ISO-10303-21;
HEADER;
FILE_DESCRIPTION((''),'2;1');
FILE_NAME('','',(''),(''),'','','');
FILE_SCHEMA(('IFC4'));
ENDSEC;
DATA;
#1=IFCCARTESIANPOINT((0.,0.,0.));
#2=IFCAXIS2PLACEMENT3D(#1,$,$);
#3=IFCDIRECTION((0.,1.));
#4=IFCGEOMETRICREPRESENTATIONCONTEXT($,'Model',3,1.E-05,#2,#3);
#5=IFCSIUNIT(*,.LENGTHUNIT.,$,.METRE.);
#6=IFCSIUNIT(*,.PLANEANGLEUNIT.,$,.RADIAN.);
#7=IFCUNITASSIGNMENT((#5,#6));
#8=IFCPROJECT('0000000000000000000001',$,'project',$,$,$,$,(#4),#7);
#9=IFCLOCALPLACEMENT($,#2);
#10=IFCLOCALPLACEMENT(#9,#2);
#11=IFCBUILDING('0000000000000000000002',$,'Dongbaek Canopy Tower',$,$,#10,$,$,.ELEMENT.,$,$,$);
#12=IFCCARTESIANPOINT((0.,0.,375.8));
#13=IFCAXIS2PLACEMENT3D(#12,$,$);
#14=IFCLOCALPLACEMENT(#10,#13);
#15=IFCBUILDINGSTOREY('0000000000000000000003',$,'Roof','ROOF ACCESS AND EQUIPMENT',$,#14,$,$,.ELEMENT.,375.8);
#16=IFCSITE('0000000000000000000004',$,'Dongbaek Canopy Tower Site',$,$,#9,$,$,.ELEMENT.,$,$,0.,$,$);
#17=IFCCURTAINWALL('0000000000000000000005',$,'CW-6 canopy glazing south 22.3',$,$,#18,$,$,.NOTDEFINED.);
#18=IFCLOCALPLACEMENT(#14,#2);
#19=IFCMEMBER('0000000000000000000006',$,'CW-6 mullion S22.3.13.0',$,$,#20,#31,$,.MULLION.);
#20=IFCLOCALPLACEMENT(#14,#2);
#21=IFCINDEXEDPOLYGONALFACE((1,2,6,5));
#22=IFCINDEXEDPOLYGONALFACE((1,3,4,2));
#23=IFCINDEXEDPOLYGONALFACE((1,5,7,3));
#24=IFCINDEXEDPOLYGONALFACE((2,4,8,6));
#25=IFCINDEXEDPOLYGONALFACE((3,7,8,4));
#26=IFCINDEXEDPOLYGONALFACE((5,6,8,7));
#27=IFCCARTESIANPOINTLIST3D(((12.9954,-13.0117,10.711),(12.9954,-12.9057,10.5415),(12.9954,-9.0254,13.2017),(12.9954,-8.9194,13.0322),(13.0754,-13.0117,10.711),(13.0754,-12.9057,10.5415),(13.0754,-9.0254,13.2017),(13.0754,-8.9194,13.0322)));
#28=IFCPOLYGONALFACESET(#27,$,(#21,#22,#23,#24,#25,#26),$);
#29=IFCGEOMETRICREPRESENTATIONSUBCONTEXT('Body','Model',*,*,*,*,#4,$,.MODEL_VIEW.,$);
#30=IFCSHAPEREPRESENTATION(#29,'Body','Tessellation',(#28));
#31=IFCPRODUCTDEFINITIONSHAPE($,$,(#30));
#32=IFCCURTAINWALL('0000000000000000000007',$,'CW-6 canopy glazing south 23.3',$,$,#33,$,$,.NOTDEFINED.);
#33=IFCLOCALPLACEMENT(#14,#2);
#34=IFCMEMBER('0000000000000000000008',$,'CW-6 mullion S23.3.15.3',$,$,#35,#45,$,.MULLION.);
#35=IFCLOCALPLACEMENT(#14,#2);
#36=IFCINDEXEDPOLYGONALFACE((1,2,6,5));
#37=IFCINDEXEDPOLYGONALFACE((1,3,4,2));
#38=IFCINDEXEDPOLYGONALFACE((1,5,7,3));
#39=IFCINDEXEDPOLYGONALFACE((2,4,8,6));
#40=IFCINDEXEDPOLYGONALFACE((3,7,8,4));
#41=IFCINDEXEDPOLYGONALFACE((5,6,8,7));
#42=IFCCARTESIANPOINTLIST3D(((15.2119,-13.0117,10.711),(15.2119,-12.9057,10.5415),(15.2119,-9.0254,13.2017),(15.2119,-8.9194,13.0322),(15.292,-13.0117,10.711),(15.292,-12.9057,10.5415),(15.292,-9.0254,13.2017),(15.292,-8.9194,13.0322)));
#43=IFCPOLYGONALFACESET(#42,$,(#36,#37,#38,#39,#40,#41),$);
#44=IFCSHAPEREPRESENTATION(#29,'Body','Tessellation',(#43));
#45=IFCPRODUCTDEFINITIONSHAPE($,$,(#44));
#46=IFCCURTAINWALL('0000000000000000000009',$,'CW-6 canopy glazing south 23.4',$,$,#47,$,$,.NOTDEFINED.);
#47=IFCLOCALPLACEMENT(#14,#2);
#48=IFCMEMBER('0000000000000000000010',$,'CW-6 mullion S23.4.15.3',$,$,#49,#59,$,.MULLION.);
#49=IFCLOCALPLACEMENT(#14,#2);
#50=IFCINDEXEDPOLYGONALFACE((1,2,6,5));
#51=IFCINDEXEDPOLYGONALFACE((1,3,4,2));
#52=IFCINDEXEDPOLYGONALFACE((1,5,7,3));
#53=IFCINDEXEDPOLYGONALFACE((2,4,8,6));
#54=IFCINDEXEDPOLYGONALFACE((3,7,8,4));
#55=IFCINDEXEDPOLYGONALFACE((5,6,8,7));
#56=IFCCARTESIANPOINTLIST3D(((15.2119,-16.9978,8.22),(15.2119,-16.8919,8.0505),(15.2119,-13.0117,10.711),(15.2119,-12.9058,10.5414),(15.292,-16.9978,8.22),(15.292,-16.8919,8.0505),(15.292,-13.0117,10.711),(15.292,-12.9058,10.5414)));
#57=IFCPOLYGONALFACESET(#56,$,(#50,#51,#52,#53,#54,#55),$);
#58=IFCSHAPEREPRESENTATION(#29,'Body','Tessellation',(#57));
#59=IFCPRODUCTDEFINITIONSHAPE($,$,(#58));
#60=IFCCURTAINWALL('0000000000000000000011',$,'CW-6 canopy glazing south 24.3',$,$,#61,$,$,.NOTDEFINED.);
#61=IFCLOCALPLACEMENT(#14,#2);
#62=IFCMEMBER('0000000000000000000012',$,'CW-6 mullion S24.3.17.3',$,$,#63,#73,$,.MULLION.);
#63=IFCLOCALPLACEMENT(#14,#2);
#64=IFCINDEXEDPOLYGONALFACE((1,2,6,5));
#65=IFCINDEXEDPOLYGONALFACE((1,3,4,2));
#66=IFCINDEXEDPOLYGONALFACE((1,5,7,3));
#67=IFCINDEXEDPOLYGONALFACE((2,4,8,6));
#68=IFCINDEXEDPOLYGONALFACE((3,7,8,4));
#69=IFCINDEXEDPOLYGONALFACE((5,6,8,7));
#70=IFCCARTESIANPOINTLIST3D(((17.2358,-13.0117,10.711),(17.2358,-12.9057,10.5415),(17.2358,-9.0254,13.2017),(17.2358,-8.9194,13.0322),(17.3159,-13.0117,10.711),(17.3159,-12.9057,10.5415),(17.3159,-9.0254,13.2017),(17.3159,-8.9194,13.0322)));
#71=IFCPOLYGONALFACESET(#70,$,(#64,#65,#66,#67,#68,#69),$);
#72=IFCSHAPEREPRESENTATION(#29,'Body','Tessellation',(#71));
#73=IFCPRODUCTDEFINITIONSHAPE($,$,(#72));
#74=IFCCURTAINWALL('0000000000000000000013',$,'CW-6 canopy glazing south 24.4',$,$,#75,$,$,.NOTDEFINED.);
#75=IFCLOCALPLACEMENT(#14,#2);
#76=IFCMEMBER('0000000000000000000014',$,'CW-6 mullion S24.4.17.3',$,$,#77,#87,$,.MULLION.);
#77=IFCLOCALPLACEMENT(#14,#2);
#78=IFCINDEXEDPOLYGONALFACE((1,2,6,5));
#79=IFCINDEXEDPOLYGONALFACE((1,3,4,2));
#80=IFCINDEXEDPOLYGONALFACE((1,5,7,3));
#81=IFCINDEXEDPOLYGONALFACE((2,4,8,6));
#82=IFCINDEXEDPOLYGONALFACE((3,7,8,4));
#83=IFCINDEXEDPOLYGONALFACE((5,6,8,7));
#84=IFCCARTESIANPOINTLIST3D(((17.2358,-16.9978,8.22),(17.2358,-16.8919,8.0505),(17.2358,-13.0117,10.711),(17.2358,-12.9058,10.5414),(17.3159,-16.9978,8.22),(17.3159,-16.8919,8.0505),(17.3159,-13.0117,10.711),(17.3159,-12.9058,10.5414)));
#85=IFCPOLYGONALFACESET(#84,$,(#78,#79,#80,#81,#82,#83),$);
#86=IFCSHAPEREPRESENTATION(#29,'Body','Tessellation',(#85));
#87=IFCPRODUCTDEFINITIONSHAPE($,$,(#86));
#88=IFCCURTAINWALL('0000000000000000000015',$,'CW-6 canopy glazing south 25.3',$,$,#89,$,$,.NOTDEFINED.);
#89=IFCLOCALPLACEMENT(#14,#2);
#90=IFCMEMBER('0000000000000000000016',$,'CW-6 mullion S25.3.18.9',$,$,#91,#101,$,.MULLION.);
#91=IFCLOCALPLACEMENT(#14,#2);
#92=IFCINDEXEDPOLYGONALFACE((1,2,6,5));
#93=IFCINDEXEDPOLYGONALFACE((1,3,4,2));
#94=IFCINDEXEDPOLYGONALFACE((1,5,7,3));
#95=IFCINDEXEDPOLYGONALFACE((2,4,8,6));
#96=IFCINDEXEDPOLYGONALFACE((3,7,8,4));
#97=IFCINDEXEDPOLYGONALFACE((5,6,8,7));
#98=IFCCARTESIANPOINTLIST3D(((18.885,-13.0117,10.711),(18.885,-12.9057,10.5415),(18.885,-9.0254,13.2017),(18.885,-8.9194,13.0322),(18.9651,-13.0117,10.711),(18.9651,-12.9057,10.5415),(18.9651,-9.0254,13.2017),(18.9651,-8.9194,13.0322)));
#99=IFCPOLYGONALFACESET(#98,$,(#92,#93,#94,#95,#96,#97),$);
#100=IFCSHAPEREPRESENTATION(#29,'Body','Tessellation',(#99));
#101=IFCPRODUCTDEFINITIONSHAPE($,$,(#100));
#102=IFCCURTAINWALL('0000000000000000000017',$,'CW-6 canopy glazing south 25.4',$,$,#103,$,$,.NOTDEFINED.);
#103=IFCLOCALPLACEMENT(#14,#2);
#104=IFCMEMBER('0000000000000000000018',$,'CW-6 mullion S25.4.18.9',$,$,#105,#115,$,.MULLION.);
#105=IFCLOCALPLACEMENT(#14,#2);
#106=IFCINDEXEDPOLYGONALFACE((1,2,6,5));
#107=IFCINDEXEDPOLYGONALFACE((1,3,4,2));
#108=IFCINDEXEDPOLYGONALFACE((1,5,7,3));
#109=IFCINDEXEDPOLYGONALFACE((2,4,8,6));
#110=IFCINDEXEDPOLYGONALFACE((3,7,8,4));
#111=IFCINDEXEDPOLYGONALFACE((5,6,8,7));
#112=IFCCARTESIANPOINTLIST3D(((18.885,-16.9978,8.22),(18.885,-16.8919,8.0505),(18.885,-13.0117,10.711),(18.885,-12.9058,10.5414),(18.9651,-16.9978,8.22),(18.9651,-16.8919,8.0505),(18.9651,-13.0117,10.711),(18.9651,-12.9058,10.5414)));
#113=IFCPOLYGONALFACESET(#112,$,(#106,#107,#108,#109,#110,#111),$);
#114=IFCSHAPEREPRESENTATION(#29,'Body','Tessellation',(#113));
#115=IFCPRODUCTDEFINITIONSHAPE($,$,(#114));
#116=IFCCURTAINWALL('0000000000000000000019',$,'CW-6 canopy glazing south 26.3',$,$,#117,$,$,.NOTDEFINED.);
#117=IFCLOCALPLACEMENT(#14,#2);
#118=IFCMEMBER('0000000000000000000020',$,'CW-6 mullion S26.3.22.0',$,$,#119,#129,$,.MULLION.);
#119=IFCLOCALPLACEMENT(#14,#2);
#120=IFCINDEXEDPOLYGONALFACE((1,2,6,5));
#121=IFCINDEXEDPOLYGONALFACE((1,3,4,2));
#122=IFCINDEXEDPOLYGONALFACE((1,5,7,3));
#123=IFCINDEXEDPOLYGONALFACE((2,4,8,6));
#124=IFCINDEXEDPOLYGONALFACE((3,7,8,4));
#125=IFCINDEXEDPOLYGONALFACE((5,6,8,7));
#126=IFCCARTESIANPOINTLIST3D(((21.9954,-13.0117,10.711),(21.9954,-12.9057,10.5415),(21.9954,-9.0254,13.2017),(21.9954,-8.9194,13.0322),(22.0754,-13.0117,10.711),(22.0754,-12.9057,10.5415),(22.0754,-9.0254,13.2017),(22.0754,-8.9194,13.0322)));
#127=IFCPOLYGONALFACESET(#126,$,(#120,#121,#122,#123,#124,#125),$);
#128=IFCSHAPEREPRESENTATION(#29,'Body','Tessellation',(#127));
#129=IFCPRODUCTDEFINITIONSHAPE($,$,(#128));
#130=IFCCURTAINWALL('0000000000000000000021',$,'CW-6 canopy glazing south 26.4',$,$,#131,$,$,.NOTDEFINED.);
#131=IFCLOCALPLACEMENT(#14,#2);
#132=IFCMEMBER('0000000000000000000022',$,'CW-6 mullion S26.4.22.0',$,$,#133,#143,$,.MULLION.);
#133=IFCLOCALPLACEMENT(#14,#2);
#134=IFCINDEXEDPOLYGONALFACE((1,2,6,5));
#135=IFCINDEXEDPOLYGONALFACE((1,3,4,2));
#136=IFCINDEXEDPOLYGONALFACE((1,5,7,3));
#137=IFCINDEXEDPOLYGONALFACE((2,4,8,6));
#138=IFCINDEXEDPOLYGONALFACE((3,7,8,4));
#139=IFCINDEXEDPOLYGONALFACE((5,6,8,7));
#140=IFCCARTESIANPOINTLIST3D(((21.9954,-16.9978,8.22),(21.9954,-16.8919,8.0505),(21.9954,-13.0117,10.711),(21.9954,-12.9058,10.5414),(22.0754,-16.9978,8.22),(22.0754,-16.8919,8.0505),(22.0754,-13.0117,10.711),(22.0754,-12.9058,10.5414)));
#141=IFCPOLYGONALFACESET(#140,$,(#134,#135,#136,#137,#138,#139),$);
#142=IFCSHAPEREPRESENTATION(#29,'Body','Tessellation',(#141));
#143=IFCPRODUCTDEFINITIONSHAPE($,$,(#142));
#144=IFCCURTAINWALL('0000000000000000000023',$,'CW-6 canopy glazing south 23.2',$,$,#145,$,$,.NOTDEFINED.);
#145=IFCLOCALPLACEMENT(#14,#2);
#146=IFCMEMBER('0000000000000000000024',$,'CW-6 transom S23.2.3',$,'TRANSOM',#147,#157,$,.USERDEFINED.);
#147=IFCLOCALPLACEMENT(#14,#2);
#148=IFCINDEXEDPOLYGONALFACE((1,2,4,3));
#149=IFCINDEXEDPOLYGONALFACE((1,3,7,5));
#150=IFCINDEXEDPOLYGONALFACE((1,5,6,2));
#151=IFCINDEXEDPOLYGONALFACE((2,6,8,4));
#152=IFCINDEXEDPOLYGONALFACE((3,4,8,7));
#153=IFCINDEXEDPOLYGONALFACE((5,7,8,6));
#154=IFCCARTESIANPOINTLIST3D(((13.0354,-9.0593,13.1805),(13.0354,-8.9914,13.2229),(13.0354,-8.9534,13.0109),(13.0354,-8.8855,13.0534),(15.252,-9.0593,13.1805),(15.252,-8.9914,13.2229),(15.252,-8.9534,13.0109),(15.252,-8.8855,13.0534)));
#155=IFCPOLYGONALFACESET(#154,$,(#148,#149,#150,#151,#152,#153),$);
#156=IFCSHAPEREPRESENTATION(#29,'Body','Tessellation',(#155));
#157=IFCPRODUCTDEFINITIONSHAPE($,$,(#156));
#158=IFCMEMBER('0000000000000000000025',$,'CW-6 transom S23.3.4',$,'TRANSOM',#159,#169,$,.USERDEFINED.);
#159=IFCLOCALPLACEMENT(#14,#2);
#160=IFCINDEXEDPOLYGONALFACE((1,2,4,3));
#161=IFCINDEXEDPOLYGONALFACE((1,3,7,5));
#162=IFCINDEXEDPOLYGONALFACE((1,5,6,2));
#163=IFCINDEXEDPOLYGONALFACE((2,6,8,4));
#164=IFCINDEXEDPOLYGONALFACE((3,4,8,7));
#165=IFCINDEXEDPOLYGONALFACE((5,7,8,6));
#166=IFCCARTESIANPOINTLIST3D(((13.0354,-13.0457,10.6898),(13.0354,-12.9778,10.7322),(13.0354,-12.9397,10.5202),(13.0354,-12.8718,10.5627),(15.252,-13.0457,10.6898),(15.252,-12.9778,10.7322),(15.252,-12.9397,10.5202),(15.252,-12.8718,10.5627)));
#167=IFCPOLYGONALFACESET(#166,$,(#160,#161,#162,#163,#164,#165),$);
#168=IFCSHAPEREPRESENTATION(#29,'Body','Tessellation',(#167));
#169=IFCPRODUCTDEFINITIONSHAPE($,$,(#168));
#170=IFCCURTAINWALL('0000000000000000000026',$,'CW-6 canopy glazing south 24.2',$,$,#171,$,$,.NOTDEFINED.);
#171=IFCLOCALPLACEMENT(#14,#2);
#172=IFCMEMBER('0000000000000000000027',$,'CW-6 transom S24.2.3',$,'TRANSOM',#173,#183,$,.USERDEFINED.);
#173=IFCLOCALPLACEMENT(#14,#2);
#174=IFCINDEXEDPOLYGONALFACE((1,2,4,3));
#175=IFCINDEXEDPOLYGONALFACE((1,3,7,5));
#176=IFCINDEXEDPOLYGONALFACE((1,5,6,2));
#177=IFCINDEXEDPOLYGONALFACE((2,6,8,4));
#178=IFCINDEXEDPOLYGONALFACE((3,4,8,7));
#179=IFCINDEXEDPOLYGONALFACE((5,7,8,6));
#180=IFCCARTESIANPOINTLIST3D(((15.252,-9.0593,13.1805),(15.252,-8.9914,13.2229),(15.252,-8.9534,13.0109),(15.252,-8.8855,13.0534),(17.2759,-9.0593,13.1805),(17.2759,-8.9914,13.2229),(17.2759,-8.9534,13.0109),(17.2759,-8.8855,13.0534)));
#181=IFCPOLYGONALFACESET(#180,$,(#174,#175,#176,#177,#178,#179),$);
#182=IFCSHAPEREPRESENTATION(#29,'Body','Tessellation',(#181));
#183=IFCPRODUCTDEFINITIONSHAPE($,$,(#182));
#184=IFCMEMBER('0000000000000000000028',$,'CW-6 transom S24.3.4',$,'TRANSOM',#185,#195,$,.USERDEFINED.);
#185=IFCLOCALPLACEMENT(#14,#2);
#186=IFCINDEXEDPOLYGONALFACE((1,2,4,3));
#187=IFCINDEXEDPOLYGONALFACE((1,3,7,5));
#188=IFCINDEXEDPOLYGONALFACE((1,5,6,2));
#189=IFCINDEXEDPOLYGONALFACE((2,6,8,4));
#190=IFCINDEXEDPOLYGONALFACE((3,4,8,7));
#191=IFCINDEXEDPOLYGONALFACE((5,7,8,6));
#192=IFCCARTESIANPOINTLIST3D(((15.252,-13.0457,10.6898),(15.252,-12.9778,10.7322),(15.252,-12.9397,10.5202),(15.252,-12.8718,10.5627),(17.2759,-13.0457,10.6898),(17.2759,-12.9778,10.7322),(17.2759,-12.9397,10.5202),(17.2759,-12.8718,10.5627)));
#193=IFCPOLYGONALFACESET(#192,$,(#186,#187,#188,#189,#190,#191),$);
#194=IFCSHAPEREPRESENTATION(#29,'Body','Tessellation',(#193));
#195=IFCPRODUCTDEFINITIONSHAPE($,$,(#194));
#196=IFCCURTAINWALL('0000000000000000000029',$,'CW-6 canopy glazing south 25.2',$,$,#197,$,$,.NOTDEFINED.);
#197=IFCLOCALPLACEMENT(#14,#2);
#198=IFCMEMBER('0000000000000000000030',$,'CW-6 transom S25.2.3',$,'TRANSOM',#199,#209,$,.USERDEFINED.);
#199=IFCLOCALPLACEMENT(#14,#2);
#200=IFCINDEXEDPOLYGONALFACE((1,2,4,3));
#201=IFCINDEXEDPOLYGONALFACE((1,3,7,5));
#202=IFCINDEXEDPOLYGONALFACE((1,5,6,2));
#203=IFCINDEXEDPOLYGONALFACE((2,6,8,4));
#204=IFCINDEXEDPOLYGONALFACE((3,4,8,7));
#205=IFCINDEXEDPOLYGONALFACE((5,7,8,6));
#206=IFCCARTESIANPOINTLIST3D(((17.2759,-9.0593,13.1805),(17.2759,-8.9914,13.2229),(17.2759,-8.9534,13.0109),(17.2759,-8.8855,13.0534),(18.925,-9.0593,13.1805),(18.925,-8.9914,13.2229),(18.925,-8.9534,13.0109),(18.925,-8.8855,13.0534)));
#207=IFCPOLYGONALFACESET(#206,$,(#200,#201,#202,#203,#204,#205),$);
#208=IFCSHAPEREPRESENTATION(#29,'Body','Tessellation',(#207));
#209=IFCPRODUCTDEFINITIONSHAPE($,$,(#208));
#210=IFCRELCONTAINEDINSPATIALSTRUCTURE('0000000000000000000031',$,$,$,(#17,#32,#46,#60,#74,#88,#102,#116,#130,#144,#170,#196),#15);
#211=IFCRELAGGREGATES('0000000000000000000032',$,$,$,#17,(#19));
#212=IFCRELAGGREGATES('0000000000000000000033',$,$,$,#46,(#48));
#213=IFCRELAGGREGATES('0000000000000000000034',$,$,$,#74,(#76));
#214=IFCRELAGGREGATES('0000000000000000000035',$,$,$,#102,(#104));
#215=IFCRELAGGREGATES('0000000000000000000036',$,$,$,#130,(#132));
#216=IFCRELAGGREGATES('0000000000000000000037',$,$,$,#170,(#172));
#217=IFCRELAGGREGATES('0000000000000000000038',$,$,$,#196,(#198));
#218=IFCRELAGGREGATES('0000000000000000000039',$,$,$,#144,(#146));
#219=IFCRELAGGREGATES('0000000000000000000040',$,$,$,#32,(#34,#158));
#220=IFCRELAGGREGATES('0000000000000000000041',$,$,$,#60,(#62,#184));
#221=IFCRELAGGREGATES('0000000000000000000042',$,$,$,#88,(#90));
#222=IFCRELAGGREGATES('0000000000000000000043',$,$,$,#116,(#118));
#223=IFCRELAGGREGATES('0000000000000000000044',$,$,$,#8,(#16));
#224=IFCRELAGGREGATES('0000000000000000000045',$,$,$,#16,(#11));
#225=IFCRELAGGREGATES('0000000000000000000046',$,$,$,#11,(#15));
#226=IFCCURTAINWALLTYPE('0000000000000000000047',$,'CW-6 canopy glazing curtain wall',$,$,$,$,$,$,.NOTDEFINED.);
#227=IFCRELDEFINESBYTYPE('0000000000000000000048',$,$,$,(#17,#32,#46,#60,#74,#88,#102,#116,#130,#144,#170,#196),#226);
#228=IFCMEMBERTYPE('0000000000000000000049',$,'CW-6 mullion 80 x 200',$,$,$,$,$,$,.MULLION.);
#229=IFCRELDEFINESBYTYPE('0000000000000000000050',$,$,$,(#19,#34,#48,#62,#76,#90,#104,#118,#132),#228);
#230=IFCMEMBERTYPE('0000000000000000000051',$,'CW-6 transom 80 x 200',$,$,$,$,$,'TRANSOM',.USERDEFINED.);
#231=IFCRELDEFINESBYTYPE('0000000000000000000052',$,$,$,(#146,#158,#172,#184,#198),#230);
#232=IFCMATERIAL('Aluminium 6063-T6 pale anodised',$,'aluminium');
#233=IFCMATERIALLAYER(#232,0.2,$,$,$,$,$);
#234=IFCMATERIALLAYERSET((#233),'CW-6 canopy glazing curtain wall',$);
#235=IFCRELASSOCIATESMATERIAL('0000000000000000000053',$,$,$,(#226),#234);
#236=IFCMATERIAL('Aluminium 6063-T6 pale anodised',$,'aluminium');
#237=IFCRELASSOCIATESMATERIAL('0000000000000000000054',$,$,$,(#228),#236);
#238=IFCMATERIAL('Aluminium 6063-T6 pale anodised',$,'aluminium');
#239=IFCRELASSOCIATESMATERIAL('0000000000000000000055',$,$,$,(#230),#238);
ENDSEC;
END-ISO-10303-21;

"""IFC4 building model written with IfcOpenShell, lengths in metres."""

from ifc_helpers import new_model, si_unit, direction, frame, origin, origin_2d, place, context, subcontext, project, spatial, rectangle, extrude, material, layer, layer_set, material_profile, profile_set, type_object, element, aggregate, save


model = new_model("IFC4")

# Units and contexts
model_context = context("Model", 3, precision=1e-05, world=origin(), true_north=direction((0.0, 1.0)))
body_context = subcontext(model_context, "Body", "Model", "MODEL_VIEW")
ifc_project = project(units=[si_unit("LENGTHUNIT", "METRE"), si_unit("PLANEANGLEUNIT", "RADIAN")], contexts=[model_context])

# Site, building, storey
site_placement = place(None, origin())
site = spatial("IfcSite", under=ifc_project, at=site_placement, Name="Dongbaek Canopy Tower Site", CompositionType="ELEMENT", RefElevation=0.0)
building_placement = place(site_placement, origin())
building = spatial("IfcBuilding", under=site, at=building_placement, Name="Dongbaek Canopy Tower", CompositionType="ELEMENT")
storey_placement = place(building_placement, frame((0.0, 0.0, 375.8)))
storey = spatial("IfcBuildingStorey", under=building, at=storey_placement, Name="Roof", Description="ROOF ACCESS AND EQUIPMENT", CompositionType="ELEMENT", Elevation=375.8)

# Curtain walls, members
ifc_material_1 = material(Name="Aluminium 6063-T6 pale anodised", Category="aluminium")
ifc_layer_1 = layer(ifc_material_1, 0.2)
ifc_layer_set_1 = layer_set([ifc_layer_1], Name="CW-6 canopy glazing curtain wall")
curtain_wall_type = type_object("IfcCurtainWallType", Name="CW-6 canopy glazing curtain wall", PredefinedType="NOTDEFINED", material=ifc_layer_set_1)
curtain_wall_1_placement = place(storey_placement, origin())
curtain_wall_1 = element("IfcCurtainWall", 1, at=curtain_wall_1_placement, inside=storey, type_object=curtain_wall_type, Name="CW-6 canopy glazing south 22.3", PredefinedType="NOTDEFINED")
ifc_material_2 = material(Name="Aluminium 6063-T6 pale anodised", Category="aluminium")
ifc_material_profile_1 = material_profile(ifc_material_2, rectangle(XDim=0.0801, YDim=0.2, at=origin_2d()), Name="CW-6 mullion 80 x 200")
ifc_profile_set_1 = profile_set([ifc_material_profile_1], Name="Aluminium 6063-T6 pale anodised")
member_type_1 = type_object("IfcMemberType", Name="CW-6 mullion 80 x 200", PredefinedType="MULLION", material=ifc_profile_set_1)
member_1_placement = place(storey_placement, frame((13.0354, -8.9724, 13.1169), z_axis=(0.0, -0.848068, -0.529887), x_axis=(1.0, 0.0, 0.0)))
member_1 = element("IfcMember", 2, at=member_1_placement, type_object=member_type_1, Name="CW-6 mullion S22.3.13.0", PredefinedType="MULLION", context=body_context, shape_type="SweptSolid", body=[
    extrude(rectangle(XDim=0.0801, YDim=0.2, at=origin_2d()), origin(), (0.0, 0.0, 1.0), 4.7004),
])
aggregate(curtain_wall_1, [member_1])
curtain_wall_2_placement = place(storey_placement, origin())
curtain_wall_2 = element("IfcCurtainWall", 3, at=curtain_wall_2_placement, inside=storey, type_object=curtain_wall_type, Name="CW-6 canopy glazing south 23.3", PredefinedType="NOTDEFINED")
member_2_placement = place(storey_placement, frame((15.252, -8.9724, 13.1169), z_axis=(0.0, -0.848068, -0.529887), x_axis=(1.0, 0.0, 0.0)))
member_2 = element("IfcMember", 4, at=member_2_placement, type_object=member_type_1, Name="CW-6 mullion S23.3.15.3", PredefinedType="MULLION", context=body_context, shape_type="SweptSolid", body=[
    extrude(rectangle(XDim=0.0801, YDim=0.2, at=origin_2d()), origin(), (0.0, 0.0, 1.0), 4.7004),
])
curtain_wall_3_placement = place(storey_placement, origin())
curtain_wall_3 = element("IfcCurtainWall", 5, at=curtain_wall_3_placement, inside=storey, type_object=curtain_wall_type, Name="CW-6 canopy glazing south 23.4", PredefinedType="NOTDEFINED")
member_3_placement = place(storey_placement, frame((15.252, -12.9587, 10.6262), z_axis=(0.0, -0.84803, -0.529948), x_axis=(1.0, 0.0, 0.0)))
member_3 = element("IfcMember", 6, at=member_3_placement, type_object=member_type_1, Name="CW-6 mullion S23.4.15.3", PredefinedType="MULLION", context=body_context, shape_type="SweptSolid", body=[
    extrude(rectangle(XDim=0.0801, YDim=0.2, at=origin_2d()), origin(), (0.0, 0.0, 1.0), 4.7004),
])
aggregate(curtain_wall_3, [member_3])
curtain_wall_4_placement = place(storey_placement, origin())
curtain_wall_4 = element("IfcCurtainWall", 7, at=curtain_wall_4_placement, inside=storey, type_object=curtain_wall_type, Name="CW-6 canopy glazing south 24.3", PredefinedType="NOTDEFINED")
member_4_placement = place(storey_placement, frame((17.2759, -8.9724, 13.1169), z_axis=(0.0, -0.848068, -0.529887), x_axis=(1.0, 0.0, 0.0)))
member_4 = element("IfcMember", 8, at=member_4_placement, type_object=member_type_1, Name="CW-6 mullion S24.3.17.3", PredefinedType="MULLION", context=body_context, shape_type="SweptSolid", body=[
    extrude(rectangle(XDim=0.0801, YDim=0.2, at=origin_2d()), origin(), (0.0, 0.0, 1.0), 4.7004),
])
curtain_wall_5_placement = place(storey_placement, origin())
curtain_wall_5 = element("IfcCurtainWall", 9, at=curtain_wall_5_placement, inside=storey, type_object=curtain_wall_type, Name="CW-6 canopy glazing south 24.4", PredefinedType="NOTDEFINED")
member_5_placement = place(storey_placement, frame((17.2759, -12.9587, 10.6262), z_axis=(0.0, -0.84803, -0.529948), x_axis=(1.0, 0.0, 0.0)))
member_5 = element("IfcMember", 10, at=member_5_placement, type_object=member_type_1, Name="CW-6 mullion S24.4.17.3", PredefinedType="MULLION", context=body_context, shape_type="SweptSolid", body=[
    extrude(rectangle(XDim=0.0801, YDim=0.2, at=origin_2d()), origin(), (0.0, 0.0, 1.0), 4.7004),
])
aggregate(curtain_wall_5, [member_5])
curtain_wall_6_placement = place(storey_placement, origin())
curtain_wall_6 = element("IfcCurtainWall", 11, at=curtain_wall_6_placement, inside=storey, type_object=curtain_wall_type, Name="CW-6 canopy glazing south 25.3", PredefinedType="NOTDEFINED")
member_6_placement = place(storey_placement, frame((18.925, -8.9724, 13.1169), z_axis=(0.0, -0.848068, -0.529887), x_axis=(1.0, 0.0, 0.0)))
member_6 = element("IfcMember", 12, at=member_6_placement, type_object=member_type_1, Name="CW-6 mullion S25.3.18.9", PredefinedType="MULLION", context=body_context, shape_type="SweptSolid", body=[
    extrude(rectangle(XDim=0.0801, YDim=0.2, at=origin_2d()), origin(), (0.0, 0.0, 1.0), 4.7004),
])
curtain_wall_7_placement = place(storey_placement, origin())
curtain_wall_7 = element("IfcCurtainWall", 13, at=curtain_wall_7_placement, inside=storey, type_object=curtain_wall_type, Name="CW-6 canopy glazing south 25.4", PredefinedType="NOTDEFINED")
member_7_placement = place(storey_placement, frame((18.925, -12.9587, 10.6262), z_axis=(0.0, -0.84803, -0.529948), x_axis=(1.0, 0.0, 0.0)))
member_7 = element("IfcMember", 14, at=member_7_placement, type_object=member_type_1, Name="CW-6 mullion S25.4.18.9", PredefinedType="MULLION", context=body_context, shape_type="SweptSolid", body=[
    extrude(rectangle(XDim=0.0801, YDim=0.2, at=origin_2d()), origin(), (0.0, 0.0, 1.0), 4.7004),
])
aggregate(curtain_wall_7, [member_7])
curtain_wall_8_placement = place(storey_placement, origin())
curtain_wall_8 = element("IfcCurtainWall", 15, at=curtain_wall_8_placement, inside=storey, type_object=curtain_wall_type, Name="CW-6 canopy glazing south 26.3", PredefinedType="NOTDEFINED")
member_8_placement = place(storey_placement, frame((22.0354, -8.9724, 13.1169), z_axis=(0.0, -0.848068, -0.529887), x_axis=(1.0, 0.0, 0.0)))
member_8 = element("IfcMember", 16, at=member_8_placement, type_object=member_type_1, Name="CW-6 mullion S26.3.22.0", PredefinedType="MULLION", context=body_context, shape_type="SweptSolid", body=[
    extrude(rectangle(XDim=0.0801, YDim=0.2, at=origin_2d()), origin(), (0.0, 0.0, 1.0), 4.7004),
])
curtain_wall_9_placement = place(storey_placement, origin())
curtain_wall_9 = element("IfcCurtainWall", 17, at=curtain_wall_9_placement, inside=storey, type_object=curtain_wall_type, Name="CW-6 canopy glazing south 26.4", PredefinedType="NOTDEFINED")
member_9_placement = place(storey_placement, frame((22.0354, -12.9587, 10.6262), z_axis=(0.0, -0.84803, -0.529948), x_axis=(1.0, 0.0, 0.0)))
member_9 = element("IfcMember", 18, at=member_9_placement, type_object=member_type_1, Name="CW-6 mullion S26.4.22.0", PredefinedType="MULLION", context=body_context, shape_type="SweptSolid", body=[
    extrude(rectangle(XDim=0.0801, YDim=0.2, at=origin_2d()), origin(), (0.0, 0.0, 1.0), 4.7004),
])
aggregate(curtain_wall_9, [member_9])
curtain_wall_10_placement = place(storey_placement, origin())
curtain_wall_10 = element("IfcCurtainWall", 19, at=curtain_wall_10_placement, inside=storey, type_object=curtain_wall_type, Name="CW-6 canopy glazing south 23.2", PredefinedType="NOTDEFINED")
ifc_material_3 = material(Name="Aluminium 6063-T6 pale anodised", Category="aluminium")
ifc_material_profile_2 = material_profile(ifc_material_3, rectangle(XDim=0.0801, YDim=0.2, at=origin_2d()), Name="CW-6 transom 80 x 200")
ifc_profile_set_2 = profile_set([ifc_material_profile_2], Name="Aluminium 6063-T6 pale anodised")
member_type_2 = type_object("IfcMemberType", Name="CW-6 transom 80 x 200", ElementType="TRANSOM", PredefinedType="USERDEFINED", material=ifc_profile_set_2)
member_10_placement = place(storey_placement, frame((13.0354, -8.9724, 13.1169), z_axis=(1.0, 0.0, 0.0), x_axis=(0.0, 0.848048, 0.529919)))
member_10 = element("IfcMember", 20, at=member_10_placement, type_object=member_type_2, Name="CW-6 transom S23.2.3", ObjectType="TRANSOM", PredefinedType="USERDEFINED", context=body_context, shape_type="SweptSolid", body=[
    extrude(rectangle(XDim=0.0801, YDim=0.2, at=origin_2d()), origin(), (0.0, 0.0, 1.0), 2.2166),
])

# Member
member_11_placement = place(storey_placement, frame((13.0354, -12.9587, 10.6262), z_axis=(1.0, 0.0, 0.0), x_axis=(0.0, 0.848048, 0.529919)))
member_11 = element("IfcMember", 21, at=member_11_placement, type_object=member_type_2, Name="CW-6 transom S23.3.4", ObjectType="TRANSOM", PredefinedType="USERDEFINED", context=body_context, shape_type="SweptSolid", body=[
    extrude(rectangle(XDim=0.0801, YDim=0.2, at=origin_2d()), origin(), (0.0, 0.0, 1.0), 2.2166),
])

# Curtain wall, member
curtain_wall_11_placement = place(storey_placement, origin())
curtain_wall_11 = element("IfcCurtainWall", 22, at=curtain_wall_11_placement, inside=storey, type_object=curtain_wall_type, Name="CW-6 canopy glazing south 24.2", PredefinedType="NOTDEFINED")
member_12_placement = place(storey_placement, frame((15.252, -8.9724, 13.1169), z_axis=(1.0, 0.0, 0.0), x_axis=(0.0, 0.848048, 0.529919)))
member_12 = element("IfcMember", 23, at=member_12_placement, type_object=member_type_2, Name="CW-6 transom S24.2.3", ObjectType="TRANSOM", PredefinedType="USERDEFINED", context=body_context, shape_type="SweptSolid", body=[
    extrude(rectangle(XDim=0.0801, YDim=0.2, at=origin_2d()), origin(), (0.0, 0.0, 1.0), 2.0239),
])
aggregate(curtain_wall_11, [member_12])

# Member
member_13_placement = place(storey_placement, frame((15.252, -12.9587, 10.6262), z_axis=(1.0, 0.0, 0.0), x_axis=(0.0, 0.848048, 0.529919)))
member_13 = element("IfcMember", 24, at=member_13_placement, type_object=member_type_2, Name="CW-6 transom S24.3.4", ObjectType="TRANSOM", PredefinedType="USERDEFINED", context=body_context, shape_type="SweptSolid", body=[
    extrude(rectangle(XDim=0.0801, YDim=0.2, at=origin_2d()), origin(), (0.0, 0.0, 1.0), 2.0239),
])

# Curtain wall, member
curtain_wall_12_placement = place(storey_placement, origin())
curtain_wall_12 = element("IfcCurtainWall", 25, at=curtain_wall_12_placement, inside=storey, type_object=curtain_wall_type, Name="CW-6 canopy glazing south 25.2", PredefinedType="NOTDEFINED")
member_14_placement = place(storey_placement, frame((17.2759, -8.9724, 13.1169), z_axis=(1.0, 0.0, 0.0), x_axis=(0.0, 0.848048, 0.529919)))
member_14 = element("IfcMember", 26, at=member_14_placement, type_object=member_type_2, Name="CW-6 transom S25.2.3", ObjectType="TRANSOM", PredefinedType="USERDEFINED", context=body_context, shape_type="SweptSolid", body=[
    extrude(rectangle(XDim=0.0801, YDim=0.2, at=origin_2d()), origin(), (0.0, 0.0, 1.0), 1.6492),
])
aggregate(curtain_wall_12, [member_14])

aggregate(curtain_wall_10, [member_10])
aggregate(curtain_wall_2, [member_2, member_11])
aggregate(curtain_wall_4, [member_4, member_13])
aggregate(curtain_wall_6, [member_6])
aggregate(curtain_wall_8, [member_8])

save(model, "model.ifc")
